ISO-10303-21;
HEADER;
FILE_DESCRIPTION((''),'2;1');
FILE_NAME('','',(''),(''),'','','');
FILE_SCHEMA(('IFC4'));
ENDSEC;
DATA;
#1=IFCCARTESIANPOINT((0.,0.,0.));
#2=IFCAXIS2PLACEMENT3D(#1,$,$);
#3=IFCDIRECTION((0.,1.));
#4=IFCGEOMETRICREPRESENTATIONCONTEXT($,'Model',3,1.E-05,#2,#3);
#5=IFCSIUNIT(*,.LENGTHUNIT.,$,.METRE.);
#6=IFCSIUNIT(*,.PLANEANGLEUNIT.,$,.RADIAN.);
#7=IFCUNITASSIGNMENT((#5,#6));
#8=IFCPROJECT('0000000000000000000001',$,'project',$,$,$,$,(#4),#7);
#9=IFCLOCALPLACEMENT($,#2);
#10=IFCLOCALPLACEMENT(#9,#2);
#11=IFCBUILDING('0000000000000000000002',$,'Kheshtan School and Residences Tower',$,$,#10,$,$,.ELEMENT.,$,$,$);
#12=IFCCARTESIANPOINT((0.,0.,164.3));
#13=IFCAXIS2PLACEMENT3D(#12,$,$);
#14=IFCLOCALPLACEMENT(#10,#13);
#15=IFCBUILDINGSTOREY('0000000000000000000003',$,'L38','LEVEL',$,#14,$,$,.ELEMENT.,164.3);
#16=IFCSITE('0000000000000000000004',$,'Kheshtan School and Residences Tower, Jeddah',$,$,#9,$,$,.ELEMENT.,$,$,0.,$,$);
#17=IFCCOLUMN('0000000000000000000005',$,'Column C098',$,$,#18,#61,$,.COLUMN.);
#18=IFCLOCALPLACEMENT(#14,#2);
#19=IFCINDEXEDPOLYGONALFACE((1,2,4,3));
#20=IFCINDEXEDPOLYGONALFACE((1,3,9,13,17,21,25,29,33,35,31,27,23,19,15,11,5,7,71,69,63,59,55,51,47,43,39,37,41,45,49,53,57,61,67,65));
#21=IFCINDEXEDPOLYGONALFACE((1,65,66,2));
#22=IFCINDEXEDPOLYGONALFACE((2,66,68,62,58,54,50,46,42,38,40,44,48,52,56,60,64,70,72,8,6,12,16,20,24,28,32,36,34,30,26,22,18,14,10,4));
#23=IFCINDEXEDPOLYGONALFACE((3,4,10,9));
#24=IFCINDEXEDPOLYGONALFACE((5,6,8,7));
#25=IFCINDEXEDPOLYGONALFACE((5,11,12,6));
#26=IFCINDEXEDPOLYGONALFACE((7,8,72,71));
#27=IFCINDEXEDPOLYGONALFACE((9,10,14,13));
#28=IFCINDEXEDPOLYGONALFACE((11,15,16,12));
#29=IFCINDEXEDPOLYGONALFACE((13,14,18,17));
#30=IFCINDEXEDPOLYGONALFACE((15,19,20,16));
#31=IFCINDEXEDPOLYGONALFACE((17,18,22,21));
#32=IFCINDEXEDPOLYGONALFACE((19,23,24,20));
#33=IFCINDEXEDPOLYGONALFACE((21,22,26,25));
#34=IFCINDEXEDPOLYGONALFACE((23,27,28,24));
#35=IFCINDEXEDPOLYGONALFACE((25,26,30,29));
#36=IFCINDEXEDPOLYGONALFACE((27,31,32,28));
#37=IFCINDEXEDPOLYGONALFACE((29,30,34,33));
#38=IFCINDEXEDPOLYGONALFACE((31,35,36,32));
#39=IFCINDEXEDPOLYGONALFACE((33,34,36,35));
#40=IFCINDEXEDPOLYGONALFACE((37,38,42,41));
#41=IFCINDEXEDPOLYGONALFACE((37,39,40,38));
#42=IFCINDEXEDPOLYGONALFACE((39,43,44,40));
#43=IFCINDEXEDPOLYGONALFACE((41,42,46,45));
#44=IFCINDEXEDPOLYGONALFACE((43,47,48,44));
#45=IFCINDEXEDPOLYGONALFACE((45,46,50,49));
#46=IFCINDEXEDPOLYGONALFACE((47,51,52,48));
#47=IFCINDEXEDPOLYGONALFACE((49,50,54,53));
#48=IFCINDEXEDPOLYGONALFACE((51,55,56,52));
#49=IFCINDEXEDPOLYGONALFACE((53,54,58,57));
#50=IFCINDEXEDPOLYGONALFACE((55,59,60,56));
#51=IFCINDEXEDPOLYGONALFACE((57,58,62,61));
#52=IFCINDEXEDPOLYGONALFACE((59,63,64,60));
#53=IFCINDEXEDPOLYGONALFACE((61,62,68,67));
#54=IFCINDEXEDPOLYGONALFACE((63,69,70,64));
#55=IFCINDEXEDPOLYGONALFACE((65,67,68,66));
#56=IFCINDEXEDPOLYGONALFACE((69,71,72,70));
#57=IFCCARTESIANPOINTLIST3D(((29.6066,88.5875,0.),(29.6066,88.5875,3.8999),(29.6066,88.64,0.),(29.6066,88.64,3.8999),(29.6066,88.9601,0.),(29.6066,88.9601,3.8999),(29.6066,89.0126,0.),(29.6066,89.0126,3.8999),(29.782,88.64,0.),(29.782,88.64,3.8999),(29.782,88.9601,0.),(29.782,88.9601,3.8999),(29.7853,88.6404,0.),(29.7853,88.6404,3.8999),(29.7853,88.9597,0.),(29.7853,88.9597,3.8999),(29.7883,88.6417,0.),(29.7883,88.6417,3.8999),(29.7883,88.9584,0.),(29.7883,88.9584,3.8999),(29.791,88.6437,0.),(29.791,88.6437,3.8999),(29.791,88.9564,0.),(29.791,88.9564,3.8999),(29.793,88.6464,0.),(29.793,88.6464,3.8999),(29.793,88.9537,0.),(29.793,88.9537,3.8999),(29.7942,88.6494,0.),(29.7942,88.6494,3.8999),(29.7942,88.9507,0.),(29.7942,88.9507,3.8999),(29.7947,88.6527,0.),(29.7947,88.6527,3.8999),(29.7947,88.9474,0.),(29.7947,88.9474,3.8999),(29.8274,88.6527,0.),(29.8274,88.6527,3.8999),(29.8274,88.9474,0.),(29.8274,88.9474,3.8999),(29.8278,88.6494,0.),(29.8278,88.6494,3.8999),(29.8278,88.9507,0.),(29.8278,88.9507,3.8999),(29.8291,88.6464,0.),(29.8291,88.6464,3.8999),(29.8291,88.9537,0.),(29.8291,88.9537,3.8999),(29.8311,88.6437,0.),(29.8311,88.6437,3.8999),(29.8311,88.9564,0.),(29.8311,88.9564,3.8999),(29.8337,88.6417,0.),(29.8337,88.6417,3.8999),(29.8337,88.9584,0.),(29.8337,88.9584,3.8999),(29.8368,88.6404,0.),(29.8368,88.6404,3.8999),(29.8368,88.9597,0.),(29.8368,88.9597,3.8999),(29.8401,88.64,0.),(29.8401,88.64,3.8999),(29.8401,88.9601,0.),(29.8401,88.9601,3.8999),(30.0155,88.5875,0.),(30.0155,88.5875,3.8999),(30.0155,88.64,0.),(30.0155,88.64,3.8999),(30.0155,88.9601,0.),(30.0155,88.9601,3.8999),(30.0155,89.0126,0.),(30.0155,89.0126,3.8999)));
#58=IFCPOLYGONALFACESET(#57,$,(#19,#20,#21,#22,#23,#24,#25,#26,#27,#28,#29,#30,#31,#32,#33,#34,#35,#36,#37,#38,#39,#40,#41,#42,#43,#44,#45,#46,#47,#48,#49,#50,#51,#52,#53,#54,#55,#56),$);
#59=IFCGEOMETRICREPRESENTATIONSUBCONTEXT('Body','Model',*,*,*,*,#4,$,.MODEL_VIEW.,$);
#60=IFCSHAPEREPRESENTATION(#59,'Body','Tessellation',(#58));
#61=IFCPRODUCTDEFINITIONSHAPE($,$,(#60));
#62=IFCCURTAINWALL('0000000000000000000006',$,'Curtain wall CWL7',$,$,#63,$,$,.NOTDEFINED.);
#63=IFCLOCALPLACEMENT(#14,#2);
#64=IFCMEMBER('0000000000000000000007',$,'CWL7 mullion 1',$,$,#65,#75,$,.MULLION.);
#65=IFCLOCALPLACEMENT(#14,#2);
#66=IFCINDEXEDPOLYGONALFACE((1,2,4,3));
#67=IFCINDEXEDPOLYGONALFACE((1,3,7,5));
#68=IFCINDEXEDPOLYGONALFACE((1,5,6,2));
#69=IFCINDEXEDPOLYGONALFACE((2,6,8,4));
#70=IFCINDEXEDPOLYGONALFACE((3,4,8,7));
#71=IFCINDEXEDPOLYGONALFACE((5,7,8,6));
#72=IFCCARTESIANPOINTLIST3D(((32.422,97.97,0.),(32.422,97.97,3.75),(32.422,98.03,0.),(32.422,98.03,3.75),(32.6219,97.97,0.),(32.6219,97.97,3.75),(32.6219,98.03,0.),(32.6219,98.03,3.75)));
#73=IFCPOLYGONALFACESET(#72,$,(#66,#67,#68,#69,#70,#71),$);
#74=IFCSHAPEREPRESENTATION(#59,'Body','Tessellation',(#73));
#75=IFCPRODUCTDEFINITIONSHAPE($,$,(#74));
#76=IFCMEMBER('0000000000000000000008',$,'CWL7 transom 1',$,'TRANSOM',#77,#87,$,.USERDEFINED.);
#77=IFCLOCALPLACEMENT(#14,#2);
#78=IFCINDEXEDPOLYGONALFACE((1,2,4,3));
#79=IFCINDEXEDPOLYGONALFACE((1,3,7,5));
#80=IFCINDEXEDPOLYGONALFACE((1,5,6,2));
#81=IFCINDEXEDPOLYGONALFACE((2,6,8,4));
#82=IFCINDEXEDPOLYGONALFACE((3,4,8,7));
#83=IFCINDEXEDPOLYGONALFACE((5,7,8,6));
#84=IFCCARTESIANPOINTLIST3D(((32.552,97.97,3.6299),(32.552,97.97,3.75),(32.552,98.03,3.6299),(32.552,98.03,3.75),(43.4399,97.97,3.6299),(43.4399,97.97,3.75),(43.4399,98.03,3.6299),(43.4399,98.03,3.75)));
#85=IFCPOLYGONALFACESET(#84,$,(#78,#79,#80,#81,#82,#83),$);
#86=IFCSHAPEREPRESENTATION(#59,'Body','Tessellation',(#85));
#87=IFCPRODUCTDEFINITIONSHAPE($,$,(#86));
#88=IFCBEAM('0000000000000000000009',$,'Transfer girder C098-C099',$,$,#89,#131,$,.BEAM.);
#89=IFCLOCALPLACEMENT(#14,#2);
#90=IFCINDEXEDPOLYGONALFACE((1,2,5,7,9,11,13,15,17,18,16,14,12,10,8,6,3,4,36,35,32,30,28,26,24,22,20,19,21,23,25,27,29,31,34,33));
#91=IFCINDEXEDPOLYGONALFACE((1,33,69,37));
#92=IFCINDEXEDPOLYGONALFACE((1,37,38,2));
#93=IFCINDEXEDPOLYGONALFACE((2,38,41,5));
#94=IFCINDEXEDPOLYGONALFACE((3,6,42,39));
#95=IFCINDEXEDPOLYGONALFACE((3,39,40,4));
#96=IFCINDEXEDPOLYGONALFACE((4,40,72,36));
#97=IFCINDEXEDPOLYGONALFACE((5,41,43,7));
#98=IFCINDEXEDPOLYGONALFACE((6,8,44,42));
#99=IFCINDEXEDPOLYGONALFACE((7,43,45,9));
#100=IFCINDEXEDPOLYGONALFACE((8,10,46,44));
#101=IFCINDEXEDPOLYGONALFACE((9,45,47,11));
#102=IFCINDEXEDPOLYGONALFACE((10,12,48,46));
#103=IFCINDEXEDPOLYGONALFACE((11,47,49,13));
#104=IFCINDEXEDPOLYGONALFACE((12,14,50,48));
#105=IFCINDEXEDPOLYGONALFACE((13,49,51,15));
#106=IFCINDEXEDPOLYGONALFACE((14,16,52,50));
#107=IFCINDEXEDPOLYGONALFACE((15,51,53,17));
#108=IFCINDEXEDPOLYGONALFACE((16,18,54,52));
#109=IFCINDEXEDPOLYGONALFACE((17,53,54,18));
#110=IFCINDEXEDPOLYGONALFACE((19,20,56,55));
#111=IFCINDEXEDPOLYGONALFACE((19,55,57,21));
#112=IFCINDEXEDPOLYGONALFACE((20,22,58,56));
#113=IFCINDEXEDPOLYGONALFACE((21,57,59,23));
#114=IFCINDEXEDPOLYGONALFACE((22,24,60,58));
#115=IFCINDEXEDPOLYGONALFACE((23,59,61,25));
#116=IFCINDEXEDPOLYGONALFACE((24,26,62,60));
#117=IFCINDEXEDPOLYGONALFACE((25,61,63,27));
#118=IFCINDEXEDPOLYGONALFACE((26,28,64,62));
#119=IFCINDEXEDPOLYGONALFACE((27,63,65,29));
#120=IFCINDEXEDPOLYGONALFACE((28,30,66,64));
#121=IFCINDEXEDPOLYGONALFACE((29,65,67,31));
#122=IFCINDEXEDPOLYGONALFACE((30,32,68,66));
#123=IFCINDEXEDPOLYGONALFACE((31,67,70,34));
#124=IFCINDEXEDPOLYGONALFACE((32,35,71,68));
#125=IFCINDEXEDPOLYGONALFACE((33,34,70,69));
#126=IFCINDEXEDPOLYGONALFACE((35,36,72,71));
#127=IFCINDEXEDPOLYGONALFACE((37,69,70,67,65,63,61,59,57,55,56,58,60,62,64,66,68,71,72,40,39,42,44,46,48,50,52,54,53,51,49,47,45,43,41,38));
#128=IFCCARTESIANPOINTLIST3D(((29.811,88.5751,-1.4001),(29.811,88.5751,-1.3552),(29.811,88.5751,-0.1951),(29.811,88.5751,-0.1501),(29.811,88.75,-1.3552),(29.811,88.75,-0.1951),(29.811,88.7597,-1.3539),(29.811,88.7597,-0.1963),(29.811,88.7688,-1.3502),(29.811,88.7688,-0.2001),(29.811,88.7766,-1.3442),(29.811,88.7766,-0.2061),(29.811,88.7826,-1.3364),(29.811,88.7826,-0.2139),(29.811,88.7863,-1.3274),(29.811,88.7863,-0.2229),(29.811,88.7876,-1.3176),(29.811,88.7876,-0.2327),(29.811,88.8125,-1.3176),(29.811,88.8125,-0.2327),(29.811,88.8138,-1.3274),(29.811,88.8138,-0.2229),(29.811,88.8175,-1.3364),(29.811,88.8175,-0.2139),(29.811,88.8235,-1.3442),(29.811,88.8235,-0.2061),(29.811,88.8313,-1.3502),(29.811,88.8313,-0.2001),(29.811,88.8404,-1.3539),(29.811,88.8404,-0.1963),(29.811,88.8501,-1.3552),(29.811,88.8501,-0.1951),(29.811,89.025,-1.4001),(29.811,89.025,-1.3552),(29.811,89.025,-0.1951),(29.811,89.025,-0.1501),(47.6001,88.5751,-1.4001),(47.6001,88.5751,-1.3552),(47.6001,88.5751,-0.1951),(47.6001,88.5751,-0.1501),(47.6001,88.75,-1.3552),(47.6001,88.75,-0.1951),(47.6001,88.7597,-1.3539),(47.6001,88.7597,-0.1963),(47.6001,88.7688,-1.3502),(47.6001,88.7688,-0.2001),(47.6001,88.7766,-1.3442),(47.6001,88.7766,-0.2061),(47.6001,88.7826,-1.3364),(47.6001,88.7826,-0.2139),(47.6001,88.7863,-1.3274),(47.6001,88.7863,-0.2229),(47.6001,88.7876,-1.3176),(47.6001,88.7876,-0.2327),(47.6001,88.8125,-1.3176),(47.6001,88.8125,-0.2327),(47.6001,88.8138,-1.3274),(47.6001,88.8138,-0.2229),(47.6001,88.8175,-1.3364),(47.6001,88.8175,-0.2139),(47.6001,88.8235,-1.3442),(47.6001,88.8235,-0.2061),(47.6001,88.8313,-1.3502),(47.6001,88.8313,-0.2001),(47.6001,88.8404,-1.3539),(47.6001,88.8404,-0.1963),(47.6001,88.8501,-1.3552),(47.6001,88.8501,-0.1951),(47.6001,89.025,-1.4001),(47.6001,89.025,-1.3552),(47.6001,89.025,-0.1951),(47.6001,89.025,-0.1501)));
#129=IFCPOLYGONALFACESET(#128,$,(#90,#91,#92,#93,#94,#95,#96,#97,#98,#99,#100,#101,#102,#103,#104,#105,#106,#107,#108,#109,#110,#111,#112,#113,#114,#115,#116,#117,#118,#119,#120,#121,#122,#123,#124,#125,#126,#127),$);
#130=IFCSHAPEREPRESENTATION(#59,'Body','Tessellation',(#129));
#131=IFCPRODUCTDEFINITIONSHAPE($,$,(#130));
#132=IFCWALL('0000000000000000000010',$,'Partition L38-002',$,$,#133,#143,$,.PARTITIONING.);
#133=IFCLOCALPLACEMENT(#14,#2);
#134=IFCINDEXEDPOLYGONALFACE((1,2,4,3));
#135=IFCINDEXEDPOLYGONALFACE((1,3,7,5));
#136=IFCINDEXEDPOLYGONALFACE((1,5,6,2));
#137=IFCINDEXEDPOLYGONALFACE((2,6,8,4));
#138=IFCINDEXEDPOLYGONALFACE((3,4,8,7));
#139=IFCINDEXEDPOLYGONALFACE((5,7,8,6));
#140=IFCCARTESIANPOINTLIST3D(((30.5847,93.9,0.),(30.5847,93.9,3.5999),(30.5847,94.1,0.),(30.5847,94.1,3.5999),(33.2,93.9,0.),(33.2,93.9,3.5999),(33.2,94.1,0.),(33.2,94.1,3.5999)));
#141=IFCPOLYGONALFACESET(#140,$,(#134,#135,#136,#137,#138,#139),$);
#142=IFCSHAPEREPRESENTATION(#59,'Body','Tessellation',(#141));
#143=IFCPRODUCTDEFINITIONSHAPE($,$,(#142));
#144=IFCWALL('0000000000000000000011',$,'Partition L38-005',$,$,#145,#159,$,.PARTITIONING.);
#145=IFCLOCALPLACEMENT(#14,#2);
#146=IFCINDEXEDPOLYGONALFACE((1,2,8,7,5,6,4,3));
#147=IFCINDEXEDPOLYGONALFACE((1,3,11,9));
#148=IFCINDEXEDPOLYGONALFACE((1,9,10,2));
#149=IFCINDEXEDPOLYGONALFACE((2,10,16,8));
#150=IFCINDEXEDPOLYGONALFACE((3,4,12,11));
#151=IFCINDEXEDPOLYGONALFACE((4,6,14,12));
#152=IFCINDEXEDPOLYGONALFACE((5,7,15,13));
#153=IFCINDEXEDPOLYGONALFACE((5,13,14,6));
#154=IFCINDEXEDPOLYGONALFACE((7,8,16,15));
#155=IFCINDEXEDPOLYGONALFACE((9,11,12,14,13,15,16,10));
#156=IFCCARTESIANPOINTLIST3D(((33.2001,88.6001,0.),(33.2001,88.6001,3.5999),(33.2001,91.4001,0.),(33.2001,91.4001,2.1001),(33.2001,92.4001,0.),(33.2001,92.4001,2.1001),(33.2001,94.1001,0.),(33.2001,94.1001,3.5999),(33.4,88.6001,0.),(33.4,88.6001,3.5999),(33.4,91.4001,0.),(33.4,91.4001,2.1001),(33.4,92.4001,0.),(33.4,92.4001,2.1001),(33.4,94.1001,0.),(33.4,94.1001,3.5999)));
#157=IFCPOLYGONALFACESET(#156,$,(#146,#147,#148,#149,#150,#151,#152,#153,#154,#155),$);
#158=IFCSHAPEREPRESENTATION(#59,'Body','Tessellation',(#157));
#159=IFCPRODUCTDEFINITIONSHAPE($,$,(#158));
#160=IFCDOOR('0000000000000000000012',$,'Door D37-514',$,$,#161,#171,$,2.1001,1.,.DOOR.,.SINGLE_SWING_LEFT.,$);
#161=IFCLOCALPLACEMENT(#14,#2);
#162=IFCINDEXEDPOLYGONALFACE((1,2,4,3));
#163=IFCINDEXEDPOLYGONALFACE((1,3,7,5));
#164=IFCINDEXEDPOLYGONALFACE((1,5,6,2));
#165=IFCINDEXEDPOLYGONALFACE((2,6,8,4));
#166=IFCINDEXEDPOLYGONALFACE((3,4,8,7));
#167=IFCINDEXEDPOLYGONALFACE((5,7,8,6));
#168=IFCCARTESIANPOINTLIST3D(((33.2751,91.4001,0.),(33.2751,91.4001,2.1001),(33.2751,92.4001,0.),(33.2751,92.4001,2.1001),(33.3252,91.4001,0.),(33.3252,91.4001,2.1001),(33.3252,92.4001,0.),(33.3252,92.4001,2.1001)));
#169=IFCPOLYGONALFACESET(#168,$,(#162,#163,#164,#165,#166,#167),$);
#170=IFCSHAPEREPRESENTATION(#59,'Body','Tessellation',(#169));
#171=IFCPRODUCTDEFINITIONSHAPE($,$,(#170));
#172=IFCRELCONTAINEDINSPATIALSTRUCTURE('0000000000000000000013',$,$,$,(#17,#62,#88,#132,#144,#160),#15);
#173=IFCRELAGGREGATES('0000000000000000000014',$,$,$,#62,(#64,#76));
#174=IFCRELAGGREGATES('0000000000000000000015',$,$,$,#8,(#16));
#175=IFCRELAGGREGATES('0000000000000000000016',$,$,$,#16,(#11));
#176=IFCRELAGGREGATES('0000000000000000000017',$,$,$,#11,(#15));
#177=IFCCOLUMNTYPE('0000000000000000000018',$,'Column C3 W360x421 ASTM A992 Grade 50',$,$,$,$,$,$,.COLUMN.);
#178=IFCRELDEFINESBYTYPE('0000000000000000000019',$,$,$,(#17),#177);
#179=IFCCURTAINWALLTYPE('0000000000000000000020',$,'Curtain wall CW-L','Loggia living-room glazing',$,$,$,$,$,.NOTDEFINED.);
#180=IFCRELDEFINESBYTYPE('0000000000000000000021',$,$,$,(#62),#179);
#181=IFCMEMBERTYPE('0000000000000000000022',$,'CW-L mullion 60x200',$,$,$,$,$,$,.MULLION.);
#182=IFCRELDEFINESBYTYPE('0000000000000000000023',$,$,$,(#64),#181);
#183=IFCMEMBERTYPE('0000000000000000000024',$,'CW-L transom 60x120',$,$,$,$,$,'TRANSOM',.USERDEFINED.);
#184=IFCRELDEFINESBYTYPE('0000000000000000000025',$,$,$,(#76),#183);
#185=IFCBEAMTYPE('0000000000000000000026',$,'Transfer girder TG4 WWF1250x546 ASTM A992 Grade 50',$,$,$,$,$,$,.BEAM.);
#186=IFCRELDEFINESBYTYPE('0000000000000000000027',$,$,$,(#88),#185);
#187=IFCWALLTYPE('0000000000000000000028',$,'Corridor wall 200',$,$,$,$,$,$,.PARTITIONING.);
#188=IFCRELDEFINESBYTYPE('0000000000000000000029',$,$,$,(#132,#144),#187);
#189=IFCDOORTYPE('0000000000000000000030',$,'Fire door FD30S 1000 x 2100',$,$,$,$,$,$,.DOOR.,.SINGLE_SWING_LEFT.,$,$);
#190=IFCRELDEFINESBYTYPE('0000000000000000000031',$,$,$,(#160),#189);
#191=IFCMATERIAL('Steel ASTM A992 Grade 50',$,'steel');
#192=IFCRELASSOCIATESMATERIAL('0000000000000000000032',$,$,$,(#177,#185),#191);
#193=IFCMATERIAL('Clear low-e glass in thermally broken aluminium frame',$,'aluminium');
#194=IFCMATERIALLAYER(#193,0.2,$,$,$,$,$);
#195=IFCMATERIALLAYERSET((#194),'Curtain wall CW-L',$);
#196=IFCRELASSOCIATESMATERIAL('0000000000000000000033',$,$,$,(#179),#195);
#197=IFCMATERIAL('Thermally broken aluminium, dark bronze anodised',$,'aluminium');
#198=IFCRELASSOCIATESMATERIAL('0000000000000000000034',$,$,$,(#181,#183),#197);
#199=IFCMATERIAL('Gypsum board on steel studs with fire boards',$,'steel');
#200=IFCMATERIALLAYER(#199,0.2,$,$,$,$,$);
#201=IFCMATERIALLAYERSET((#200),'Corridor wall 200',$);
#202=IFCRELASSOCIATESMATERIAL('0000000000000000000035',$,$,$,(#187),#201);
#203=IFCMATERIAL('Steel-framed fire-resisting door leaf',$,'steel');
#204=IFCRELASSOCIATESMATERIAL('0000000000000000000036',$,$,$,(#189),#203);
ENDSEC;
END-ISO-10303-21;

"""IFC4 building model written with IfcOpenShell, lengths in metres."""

from ifc_helpers import new_model, si_unit, direction, frame, frame_2d, origin, origin_2d, place, context, subcontext, project, spatial, rectangle, i_section, extrude, source, transform, mapped, material, layer, layer_set, material_profile, profile_set, type_object, element, fill, aggregate, save


model = new_model("IFC4")

# Units and contexts
model_context = context("Model", 3, precision=1e-05, world=origin(), true_north=direction((0.0, 1.0)))
body_context = subcontext(model_context, "Body", "Model", "MODEL_VIEW")
ifc_project = project(units=[si_unit("LENGTHUNIT", "METRE"), si_unit("PLANEANGLEUNIT", "RADIAN")], contexts=[model_context])

# Site, building, storey
site_placement = place(None, origin())
site = spatial("IfcSite", under=ifc_project, at=site_placement, Name="Kheshtan School and Residences Tower, Jeddah", CompositionType="ELEMENT", RefElevation=0.0)
building_placement = place(site_placement, origin())
building = spatial("IfcBuilding", under=site, at=building_placement, Name="Kheshtan School and Residences Tower", CompositionType="ELEMENT")
storey_placement = place(building_placement, frame((0.0, 0.0, 164.3)))
storey = spatial("IfcBuildingStorey", under=building, at=storey_placement, Name="L38", Description="LEVEL", CompositionType="ELEMENT", Elevation=164.3)

# Column
ifc_material_1 = material(Name="Steel ASTM A992 Grade 50", Category="steel")
ifc_material_profile_1 = material_profile(ifc_material_1, i_section(OverallWidth=0.4089, OverallDepth=0.425, WebThickness=0.0327, FlangeThickness=0.0525, FilletRadius=0.0127, at=origin_2d()), Name="W360x421")
ifc_profile_set_1 = profile_set([ifc_material_profile_1], Name="Steel ASTM A992 Grade 50")
column_type = type_object("IfcColumnType", Name="Column C3 W360x421 ASTM A992 Grade 50", PredefinedType="COLUMN", material=ifc_profile_set_1)
column_placement = place(storey_placement, frame((29.811, 88.8, 0.0), z_axis=(0.0, 0.0, 1.0), x_axis=(1.0, 0.0, 0.0)))
element("IfcColumn", 1, at=column_placement, inside=storey, type_object=column_type, Name="Column C098", PredefinedType="COLUMN", context=body_context, shape_type="SweptSolid", body=[
    extrude(i_section(OverallWidth=0.4089, OverallDepth=0.425, WebThickness=0.0327, FlangeThickness=0.0525, FilletRadius=0.0127, at=origin_2d()), origin(), (0.0, 0.0, 1.0), 3.8999),
])

# Curtain wall, members
ifc_material_2 = material(Name="Clear low-e glass in thermally broken aluminium frame", Category="aluminium")
ifc_layer_1 = layer(ifc_material_2, 0.2)
ifc_layer_set_1 = layer_set([ifc_layer_1], Name="Curtain wall CW-L")
curtain_wall_type = type_object("IfcCurtainWallType", Name="Curtain wall CW-L", Description="Loggia living-room glazing", PredefinedType="NOTDEFINED", material=ifc_layer_set_1)
curtain_wall_placement = place(storey_placement, origin())
curtain_wall = element("IfcCurtainWall", 2, at=curtain_wall_placement, inside=storey, type_object=curtain_wall_type, Name="Curtain wall CWL7", PredefinedType="NOTDEFINED")
ifc_material_3 = material(Name="Thermally broken aluminium, dark bronze anodised", Category="aluminium")
ifc_material_profile_2 = material_profile(ifc_material_3, rectangle(XDim=0.0601, YDim=0.2, at=origin_2d()), Name="CW-L mullion 60x200")
ifc_profile_set_2 = profile_set([ifc_material_profile_2], Name="Thermally broken aluminium, dark bronze anodised")
member_type_1 = type_object("IfcMemberType", Name="CW-L mullion 60x200", PredefinedType="MULLION", material=ifc_profile_set_2)
member_1_placement = place(storey_placement, frame((32.522, 98.0, 0.0), z_axis=(0.0, 0.0, 1.0), x_axis=(0.0, 1.0, 0.0)))
member_1 = element("IfcMember", 3, at=member_1_placement, type_object=member_type_1, Name="CWL7 mullion 1", PredefinedType="MULLION", context=body_context, shape_type="SweptSolid", body=[
    extrude(rectangle(XDim=0.0601, YDim=0.2, at=origin_2d()), origin(), (0.0, 0.0, 1.0), 3.75),
])
ifc_material_profile_3 = material_profile(ifc_material_3, rectangle(XDim=0.0601, YDim=0.1201, at=origin_2d()), Name="CW-L transom 60x120")
ifc_profile_set_3 = profile_set([ifc_material_profile_3], Name="Thermally broken aluminium, dark bronze anodised")
member_type_2 = type_object("IfcMemberType", Name="CW-L transom 60x120", ElementType="TRANSOM", PredefinedType="USERDEFINED", material=ifc_profile_set_3)
member_2_placement = place(storey_placement, frame((32.552, 98.0, 3.6899), z_axis=(1.0, 0.0, 0.0), x_axis=(0.0, 1.0, 0.0)))
member_2 = element("IfcMember", 4, at=member_2_placement, type_object=member_type_2, Name="CWL7 transom 1", ObjectType="TRANSOM", PredefinedType="USERDEFINED", context=body_context, shape_type="SweptSolid", body=[
    extrude(rectangle(XDim=0.0601, YDim=0.1201, at=origin_2d()), origin(), (0.0, 0.0, 1.0), 10.8879),
])
aggregate(curtain_wall, [member_1, member_2])

# Beam
ifc_material_profile_4 = material_profile(ifc_material_1, i_section(OverallWidth=0.45, OverallDepth=1.25, WebThickness=0.0249, FlangeThickness=0.0449, FilletRadius=0.0376, at=origin_2d()), Name="WWF1250x546")
ifc_profile_set_4 = profile_set([ifc_material_profile_4], Name="Steel ASTM A992 Grade 50")
beam_type = type_object("IfcBeamType", Name="Transfer girder TG4 WWF1250x546 ASTM A992 Grade 50", PredefinedType="BEAM", material=ifc_profile_set_4)
beam_placement = place(storey_placement, frame((29.811, 88.8, -0.7751), z_axis=(1.0, 0.0, 0.0), x_axis=(0.0, 1.0, 0.0)))
element("IfcBeam", 5, at=beam_placement, inside=storey, type_object=beam_type, Name="Transfer girder C098-C099", PredefinedType="BEAM", context=body_context, shape_type="SweptSolid", body=[
    extrude(i_section(OverallWidth=0.45, OverallDepth=1.25, WebThickness=0.0249, FlangeThickness=0.0449, FilletRadius=0.0376, at=origin_2d()), origin(), (0.0, 0.0, 1.0), 17.7891),
])

# Wall
ifc_material_4 = material(Name="Gypsum board on steel studs with fire boards", Category="steel")
ifc_layer_2 = layer(ifc_material_4, 0.2)
ifc_layer_set_2 = layer_set([ifc_layer_2], Name="Corridor wall 200")
wall_type_1 = type_object("IfcWallType", Name="Corridor wall 200", PredefinedType="PARTITIONING", material=ifc_layer_set_2)
wall_1_placement = place(storey_placement, frame((30.5847, 94.0, 0.0), z_axis=(0.0, 0.0, 1.0), x_axis=(1.0, 0.0, 0.0)))
element("IfcWall", 6, at=wall_1_placement, inside=storey, type_object=wall_type_1, Name="Partition L38-002", PredefinedType="PARTITIONING", context=body_context, shape_type="SweptSolid", body=[
    extrude(rectangle(XDim=2.6152, YDim=0.2, at=frame_2d((1.3076, 0.0))), origin(), (0.0, 0.0, 1.0), 3.5999),
])

# Wall, opening, door
wall_2_placement = place(storey_placement, frame((33.3, 88.6001, 0.0), z_axis=(0.0, 0.0, 1.0), x_axis=(0.0, 1.0, 0.0)))
wall_2 = element("IfcWall", 7, at=wall_2_placement, inside=storey, type_object=wall_type_1, Name="Partition L38-005", PredefinedType="PARTITIONING", context=body_context, shape_type="SweptSolid", body=[
    extrude(rectangle(XDim=5.5, YDim=0.2, at=frame_2d((2.75, 0.0))), origin(), (0.0, 0.0, 1.0), 3.5999),
])
opening_placement = place(wall_2_placement, frame((2.8, 0.0, 0.0)))
opening = element("IfcOpeningElement", 8, at=opening_placement, cuts=wall_2, PredefinedType="OPENING", context=body_context, shape_type="SweptSolid", body=[
    extrude(rectangle(XDim=1.0, YDim=2.1001, at=frame_2d((0.5, 1.05))), frame((0.0, 0.1099, 0.0), z_axis=(0.0, -1.0, 0.0), x_axis=(1.0, 0.0, 0.0)), (0.0, 0.0, 1.0), 0.22),
])
ifc_material_5 = material(Name="Steel-framed fire-resisting door leaf", Category="steel")
door_type = type_object("IfcDoorType", Name="Fire door FD30S 1000 x 2100", OperationType="SINGLE_SWING_LEFT", PredefinedType="DOOR", material=ifc_material_5)
shared_shape = source(origin(), body_context, "Body", "SweptSolid", [
    extrude(rectangle(XDim=1.0, YDim=2.1001, at=frame_2d((0.5, 1.05))), frame((0.0, 0.0249, 0.0), z_axis=(0.0, -1.0, 0.0), x_axis=(1.0, 0.0, 0.0)), (0.0, 0.0, 1.0), 0.05),
])
door_placement = place(opening_placement, origin())
door = element("IfcDoor", 9, at=door_placement, inside=storey, type_object=door_type, Name="Door D37-514", OperationType="SINGLE_SWING_LEFT", OverallHeight=2.1001, OverallWidth=1.0, PredefinedType="DOOR", context=body_context, shape_type="MappedRepresentation", body=[
    mapped(shared_shape, transform((0.0, 0.0, 0.0), x_axis=(1.0, 0.0, 0.0), y_axis=(0.0, 1.0, 0.0), z_axis=(0.0, 0.0, 1.0), scale=1.0)),
])
fill(opening, door)

save(model, "model.ifc")
